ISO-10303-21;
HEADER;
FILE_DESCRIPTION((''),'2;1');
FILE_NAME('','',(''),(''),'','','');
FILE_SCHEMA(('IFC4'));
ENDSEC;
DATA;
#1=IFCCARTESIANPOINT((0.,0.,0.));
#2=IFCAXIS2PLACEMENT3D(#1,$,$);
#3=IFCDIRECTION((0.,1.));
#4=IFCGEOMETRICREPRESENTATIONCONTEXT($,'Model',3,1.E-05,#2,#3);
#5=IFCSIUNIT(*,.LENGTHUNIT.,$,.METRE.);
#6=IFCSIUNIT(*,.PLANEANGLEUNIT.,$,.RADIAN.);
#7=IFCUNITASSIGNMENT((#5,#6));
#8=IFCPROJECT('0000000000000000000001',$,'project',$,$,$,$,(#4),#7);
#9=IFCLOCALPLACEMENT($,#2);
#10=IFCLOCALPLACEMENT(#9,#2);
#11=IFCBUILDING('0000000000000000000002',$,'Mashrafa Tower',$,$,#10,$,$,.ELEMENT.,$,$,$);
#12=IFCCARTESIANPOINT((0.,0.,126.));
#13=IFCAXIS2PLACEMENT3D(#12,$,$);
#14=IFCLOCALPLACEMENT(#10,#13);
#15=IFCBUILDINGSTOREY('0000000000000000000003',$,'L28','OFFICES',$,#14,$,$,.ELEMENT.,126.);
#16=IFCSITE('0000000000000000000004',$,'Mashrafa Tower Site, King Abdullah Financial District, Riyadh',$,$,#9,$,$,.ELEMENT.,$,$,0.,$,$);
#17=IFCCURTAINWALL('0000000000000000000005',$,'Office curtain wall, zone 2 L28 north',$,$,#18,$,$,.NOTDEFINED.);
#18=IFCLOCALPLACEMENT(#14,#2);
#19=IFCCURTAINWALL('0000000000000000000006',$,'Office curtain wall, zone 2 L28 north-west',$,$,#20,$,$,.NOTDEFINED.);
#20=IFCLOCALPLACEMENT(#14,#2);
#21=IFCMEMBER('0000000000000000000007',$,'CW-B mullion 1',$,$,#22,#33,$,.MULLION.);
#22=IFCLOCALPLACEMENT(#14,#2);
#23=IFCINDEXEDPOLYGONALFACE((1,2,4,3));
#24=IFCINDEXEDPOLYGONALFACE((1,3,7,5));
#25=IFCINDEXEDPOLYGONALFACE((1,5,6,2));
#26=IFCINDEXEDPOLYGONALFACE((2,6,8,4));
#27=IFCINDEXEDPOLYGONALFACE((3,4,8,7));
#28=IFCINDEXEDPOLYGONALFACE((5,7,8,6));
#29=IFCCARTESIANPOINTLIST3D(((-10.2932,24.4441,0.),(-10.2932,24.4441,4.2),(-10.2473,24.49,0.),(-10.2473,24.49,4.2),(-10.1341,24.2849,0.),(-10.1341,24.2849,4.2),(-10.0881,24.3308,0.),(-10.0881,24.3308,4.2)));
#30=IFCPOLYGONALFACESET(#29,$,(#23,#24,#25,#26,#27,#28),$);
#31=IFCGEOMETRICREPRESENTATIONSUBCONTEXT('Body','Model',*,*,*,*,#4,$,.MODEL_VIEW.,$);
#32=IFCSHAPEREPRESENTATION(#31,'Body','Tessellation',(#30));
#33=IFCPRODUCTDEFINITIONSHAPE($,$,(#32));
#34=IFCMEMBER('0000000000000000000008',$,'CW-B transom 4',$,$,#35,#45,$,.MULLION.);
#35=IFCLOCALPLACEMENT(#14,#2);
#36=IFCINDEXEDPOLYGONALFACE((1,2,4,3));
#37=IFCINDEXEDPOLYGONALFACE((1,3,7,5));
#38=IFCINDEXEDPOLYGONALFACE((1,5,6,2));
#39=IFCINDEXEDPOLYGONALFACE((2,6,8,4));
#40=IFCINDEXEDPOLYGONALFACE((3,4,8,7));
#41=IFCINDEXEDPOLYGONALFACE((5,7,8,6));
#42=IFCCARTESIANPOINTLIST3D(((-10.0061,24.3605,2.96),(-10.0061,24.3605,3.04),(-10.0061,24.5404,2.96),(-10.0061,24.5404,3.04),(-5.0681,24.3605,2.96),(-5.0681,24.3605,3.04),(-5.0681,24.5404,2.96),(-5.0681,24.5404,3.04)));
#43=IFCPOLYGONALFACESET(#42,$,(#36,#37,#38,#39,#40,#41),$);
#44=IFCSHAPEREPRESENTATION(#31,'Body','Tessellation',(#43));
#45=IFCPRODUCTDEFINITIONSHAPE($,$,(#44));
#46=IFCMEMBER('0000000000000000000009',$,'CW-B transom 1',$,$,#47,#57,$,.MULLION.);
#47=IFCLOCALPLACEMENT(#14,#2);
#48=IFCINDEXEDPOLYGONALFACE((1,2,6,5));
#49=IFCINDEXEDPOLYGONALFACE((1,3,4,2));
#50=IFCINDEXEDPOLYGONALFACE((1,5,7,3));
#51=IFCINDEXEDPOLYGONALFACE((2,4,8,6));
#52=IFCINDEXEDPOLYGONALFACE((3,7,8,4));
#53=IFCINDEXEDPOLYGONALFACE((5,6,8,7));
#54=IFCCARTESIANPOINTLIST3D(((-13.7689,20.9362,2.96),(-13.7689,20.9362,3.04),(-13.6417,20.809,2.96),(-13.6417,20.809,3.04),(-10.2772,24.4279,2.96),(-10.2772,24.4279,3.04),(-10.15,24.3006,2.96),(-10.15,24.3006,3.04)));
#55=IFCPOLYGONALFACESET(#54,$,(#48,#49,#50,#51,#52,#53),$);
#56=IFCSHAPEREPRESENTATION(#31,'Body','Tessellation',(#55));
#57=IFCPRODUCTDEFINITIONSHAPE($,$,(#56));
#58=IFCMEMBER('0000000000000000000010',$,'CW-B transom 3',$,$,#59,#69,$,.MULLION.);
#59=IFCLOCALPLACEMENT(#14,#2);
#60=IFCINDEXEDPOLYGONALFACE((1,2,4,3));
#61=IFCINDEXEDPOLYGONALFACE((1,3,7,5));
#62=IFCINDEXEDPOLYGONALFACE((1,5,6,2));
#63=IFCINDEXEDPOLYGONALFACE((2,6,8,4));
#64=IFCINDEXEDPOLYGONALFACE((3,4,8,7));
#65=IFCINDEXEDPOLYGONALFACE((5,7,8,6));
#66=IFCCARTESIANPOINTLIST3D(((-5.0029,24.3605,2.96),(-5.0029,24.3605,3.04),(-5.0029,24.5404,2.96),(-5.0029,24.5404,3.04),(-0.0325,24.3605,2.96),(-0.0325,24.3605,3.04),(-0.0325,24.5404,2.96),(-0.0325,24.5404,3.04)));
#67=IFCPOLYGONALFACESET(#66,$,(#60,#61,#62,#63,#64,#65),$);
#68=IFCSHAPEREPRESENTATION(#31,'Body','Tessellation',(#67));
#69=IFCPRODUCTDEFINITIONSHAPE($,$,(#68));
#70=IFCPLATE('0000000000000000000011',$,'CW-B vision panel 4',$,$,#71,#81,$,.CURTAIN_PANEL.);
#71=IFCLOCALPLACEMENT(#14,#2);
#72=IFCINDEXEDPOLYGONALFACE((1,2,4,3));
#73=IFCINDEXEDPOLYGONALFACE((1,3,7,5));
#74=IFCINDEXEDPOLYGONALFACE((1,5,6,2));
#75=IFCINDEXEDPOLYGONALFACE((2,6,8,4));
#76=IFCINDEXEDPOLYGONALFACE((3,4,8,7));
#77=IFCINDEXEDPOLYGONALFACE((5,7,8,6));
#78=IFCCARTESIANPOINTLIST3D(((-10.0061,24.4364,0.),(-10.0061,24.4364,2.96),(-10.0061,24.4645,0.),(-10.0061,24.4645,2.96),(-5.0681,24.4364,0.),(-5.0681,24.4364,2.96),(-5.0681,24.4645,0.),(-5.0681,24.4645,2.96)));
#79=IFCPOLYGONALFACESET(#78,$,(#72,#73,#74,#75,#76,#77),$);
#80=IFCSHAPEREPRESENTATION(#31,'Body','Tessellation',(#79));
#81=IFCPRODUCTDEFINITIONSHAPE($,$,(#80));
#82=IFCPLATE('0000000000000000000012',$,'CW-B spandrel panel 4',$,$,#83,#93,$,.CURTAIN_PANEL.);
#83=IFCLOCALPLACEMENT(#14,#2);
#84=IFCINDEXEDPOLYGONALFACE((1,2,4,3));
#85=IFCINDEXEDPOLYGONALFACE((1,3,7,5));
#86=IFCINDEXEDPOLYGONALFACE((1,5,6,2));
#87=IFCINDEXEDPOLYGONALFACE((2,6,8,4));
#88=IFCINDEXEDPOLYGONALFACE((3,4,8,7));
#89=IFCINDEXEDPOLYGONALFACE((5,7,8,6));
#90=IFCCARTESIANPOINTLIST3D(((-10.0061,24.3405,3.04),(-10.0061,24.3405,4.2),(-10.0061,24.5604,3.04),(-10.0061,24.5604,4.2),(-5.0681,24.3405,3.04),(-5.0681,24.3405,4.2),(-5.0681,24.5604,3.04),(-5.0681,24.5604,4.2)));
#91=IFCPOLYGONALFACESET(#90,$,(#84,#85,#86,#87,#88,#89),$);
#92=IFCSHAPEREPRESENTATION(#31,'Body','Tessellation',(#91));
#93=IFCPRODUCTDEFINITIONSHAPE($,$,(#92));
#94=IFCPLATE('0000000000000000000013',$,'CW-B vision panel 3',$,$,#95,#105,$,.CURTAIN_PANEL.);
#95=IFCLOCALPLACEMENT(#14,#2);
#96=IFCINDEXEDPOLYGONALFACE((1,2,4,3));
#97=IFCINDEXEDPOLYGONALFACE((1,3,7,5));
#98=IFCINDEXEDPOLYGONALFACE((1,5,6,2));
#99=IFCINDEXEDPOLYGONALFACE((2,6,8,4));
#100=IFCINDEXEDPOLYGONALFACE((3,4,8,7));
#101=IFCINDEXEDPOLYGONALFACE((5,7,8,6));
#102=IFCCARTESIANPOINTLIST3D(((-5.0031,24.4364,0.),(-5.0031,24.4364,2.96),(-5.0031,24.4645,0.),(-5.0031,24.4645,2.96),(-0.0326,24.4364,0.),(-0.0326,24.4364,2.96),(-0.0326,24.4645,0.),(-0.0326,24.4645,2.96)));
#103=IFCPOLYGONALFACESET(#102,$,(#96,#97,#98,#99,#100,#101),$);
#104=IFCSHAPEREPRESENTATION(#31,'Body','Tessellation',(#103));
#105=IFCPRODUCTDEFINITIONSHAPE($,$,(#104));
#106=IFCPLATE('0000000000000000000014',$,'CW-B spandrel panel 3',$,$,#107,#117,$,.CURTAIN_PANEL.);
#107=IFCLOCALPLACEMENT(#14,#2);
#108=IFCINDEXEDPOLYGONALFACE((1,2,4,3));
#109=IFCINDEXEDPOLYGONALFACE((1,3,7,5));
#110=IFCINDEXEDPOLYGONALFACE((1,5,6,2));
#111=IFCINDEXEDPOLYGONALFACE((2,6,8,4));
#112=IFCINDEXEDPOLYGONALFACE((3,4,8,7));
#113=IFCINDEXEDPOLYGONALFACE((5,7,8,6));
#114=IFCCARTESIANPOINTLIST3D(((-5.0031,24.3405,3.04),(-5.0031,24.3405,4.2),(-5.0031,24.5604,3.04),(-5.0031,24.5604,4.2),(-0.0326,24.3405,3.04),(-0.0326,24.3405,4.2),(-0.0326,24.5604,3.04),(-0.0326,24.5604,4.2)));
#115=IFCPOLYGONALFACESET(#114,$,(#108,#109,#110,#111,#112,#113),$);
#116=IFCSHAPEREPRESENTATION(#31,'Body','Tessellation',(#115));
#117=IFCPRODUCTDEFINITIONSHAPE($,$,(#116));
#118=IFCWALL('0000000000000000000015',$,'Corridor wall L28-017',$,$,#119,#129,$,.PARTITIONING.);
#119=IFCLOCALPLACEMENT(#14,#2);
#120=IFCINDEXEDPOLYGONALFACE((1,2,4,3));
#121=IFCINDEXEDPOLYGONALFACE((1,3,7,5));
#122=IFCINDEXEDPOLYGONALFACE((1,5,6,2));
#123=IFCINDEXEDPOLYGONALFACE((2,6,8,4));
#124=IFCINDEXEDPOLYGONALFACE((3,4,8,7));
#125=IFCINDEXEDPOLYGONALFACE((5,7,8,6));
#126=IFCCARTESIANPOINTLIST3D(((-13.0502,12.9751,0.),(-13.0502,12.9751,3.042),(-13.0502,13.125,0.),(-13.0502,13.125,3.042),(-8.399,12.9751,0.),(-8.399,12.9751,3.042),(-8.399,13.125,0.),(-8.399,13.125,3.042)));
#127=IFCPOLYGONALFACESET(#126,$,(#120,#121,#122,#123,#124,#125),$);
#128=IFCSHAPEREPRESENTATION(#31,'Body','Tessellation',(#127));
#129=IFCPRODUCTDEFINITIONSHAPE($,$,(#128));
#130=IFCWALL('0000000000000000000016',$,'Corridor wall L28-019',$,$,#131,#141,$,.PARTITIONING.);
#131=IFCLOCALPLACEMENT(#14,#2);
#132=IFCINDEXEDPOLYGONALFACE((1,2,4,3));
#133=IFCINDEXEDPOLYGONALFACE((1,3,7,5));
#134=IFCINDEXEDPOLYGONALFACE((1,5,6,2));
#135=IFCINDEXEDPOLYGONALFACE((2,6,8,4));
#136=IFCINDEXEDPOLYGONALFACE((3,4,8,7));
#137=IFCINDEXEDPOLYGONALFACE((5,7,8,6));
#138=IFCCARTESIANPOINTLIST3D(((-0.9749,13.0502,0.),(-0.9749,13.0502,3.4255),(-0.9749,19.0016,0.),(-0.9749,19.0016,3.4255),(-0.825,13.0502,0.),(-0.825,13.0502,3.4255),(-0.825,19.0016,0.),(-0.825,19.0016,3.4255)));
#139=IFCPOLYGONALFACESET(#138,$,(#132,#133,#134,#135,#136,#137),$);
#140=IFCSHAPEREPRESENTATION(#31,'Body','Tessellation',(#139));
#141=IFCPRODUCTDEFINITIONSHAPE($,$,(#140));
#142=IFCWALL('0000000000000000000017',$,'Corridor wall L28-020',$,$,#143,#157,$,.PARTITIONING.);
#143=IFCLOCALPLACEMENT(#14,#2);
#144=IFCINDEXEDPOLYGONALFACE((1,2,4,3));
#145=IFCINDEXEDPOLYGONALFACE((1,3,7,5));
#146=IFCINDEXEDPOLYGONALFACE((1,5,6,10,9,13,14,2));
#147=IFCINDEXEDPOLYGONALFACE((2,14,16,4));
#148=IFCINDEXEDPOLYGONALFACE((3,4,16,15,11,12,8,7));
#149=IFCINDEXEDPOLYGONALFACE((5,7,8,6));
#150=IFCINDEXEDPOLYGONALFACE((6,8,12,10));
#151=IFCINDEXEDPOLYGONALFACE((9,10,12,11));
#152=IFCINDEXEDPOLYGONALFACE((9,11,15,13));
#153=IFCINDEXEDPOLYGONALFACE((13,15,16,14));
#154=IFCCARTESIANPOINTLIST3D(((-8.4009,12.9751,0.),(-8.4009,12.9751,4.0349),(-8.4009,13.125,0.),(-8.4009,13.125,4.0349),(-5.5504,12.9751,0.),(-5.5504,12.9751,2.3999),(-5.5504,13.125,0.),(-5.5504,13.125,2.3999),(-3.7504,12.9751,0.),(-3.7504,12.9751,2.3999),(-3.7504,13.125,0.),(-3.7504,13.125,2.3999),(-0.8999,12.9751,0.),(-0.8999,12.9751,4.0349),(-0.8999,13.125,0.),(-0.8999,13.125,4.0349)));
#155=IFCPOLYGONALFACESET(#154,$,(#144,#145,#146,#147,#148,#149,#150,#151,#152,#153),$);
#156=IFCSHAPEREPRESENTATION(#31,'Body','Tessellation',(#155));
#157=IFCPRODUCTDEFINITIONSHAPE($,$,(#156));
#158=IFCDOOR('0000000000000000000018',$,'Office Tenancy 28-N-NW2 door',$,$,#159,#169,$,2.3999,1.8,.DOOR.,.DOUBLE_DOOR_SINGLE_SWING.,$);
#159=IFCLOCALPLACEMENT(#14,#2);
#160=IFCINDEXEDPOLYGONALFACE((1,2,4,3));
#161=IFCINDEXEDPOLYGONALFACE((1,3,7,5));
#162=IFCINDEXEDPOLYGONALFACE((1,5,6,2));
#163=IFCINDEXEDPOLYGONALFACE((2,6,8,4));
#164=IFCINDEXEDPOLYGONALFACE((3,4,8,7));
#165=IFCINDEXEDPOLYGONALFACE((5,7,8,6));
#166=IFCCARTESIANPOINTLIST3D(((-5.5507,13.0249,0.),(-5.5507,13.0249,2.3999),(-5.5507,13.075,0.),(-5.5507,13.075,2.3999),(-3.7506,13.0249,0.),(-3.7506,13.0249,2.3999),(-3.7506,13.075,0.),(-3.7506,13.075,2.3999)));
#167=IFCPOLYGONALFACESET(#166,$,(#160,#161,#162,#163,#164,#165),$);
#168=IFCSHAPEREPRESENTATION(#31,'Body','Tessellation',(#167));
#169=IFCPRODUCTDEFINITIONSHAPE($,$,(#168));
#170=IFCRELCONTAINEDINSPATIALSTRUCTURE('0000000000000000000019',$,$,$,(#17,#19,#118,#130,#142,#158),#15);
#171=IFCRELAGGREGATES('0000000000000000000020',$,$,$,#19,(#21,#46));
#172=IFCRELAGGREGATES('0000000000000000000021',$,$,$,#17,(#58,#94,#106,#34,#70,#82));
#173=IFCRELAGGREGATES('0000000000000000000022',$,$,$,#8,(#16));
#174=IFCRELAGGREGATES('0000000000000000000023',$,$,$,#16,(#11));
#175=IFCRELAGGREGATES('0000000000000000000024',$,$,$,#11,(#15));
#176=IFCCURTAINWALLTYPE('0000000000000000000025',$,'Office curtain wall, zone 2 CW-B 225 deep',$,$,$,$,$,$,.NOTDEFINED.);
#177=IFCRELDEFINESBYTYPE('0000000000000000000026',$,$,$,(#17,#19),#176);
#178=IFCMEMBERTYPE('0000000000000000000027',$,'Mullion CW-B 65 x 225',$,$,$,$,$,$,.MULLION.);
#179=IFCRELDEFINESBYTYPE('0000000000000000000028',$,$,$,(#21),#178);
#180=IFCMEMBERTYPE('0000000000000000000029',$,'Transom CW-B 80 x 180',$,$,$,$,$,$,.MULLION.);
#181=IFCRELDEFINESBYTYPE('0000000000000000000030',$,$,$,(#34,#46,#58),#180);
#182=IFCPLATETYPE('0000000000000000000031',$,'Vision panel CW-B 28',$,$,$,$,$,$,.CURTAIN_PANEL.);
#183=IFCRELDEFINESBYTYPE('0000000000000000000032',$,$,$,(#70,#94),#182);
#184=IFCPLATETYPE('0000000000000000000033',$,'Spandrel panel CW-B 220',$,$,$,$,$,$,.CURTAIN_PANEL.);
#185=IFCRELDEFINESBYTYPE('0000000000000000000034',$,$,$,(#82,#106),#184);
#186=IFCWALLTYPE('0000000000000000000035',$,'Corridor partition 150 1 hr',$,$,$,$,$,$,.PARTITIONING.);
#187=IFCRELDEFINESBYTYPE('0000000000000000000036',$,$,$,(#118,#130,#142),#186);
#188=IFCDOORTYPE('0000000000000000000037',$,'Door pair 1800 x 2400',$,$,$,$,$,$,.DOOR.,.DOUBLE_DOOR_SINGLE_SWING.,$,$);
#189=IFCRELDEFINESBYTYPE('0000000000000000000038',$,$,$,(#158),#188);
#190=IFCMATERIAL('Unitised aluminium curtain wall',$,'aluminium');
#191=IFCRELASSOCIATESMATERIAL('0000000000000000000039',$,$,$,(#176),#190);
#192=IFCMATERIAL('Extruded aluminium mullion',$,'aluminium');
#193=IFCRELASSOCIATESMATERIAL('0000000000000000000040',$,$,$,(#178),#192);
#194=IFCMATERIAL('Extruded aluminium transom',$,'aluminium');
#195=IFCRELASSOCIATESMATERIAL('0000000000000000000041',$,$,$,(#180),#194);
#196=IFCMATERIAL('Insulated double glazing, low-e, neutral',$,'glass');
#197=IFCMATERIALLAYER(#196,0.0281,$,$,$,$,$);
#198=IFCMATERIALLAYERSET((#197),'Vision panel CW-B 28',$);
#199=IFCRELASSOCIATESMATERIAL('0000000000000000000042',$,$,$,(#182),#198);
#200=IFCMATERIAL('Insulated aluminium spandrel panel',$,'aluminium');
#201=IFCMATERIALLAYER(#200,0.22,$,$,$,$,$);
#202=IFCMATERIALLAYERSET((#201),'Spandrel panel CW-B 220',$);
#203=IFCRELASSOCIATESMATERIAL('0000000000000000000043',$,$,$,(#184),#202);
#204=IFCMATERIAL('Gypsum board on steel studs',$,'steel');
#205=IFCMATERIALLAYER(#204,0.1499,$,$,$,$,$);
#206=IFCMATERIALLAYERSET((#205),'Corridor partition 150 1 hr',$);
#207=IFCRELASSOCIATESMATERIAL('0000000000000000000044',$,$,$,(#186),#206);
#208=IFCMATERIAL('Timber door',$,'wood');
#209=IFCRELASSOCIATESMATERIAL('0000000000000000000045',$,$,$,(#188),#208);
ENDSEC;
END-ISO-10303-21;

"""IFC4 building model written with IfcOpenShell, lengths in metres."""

from ifc_helpers import new_model, si_unit, direction, frame, frame_2d, origin, origin_2d, place, context, subcontext, project, spatial, rectangle, extrude, source, transform, mapped, material, layer, layer_set, material_profile, profile_set, type_object, type_shapes, element, fill, aggregate, save


model = new_model("IFC4")

# Units and contexts
model_context = context("Model", 3, precision=1e-05, world=origin(), true_north=direction((0.0, 1.0)))
body_context = subcontext(model_context, "Body", "Model", "MODEL_VIEW")
ifc_project = project(units=[si_unit("LENGTHUNIT", "METRE"), si_unit("PLANEANGLEUNIT", "RADIAN")], contexts=[model_context])

# Site, building, storey
site_placement = place(None, origin())
site = spatial("IfcSite", under=ifc_project, at=site_placement, Name="Mashrafa Tower Site, King Abdullah Financial District, Riyadh", CompositionType="ELEMENT", RefElevation=0.0)
building_placement = place(site_placement, origin())
building = spatial("IfcBuilding", under=site, at=building_placement, Name="Mashrafa Tower", CompositionType="ELEMENT")
storey_placement = place(building_placement, frame((0.0, 0.0, 126.0)))
storey = spatial("IfcBuildingStorey", under=building, at=storey_placement, Name="L28", Description="OFFICES", CompositionType="ELEMENT", Elevation=126.0)

# Curtain wall
ifc_material_1 = material(Name="Unitised aluminium curtain wall", Category="aluminium")
curtain_wall_type = type_object("IfcCurtainWallType", Name="Office curtain wall, zone 2 CW-B 225 deep", PredefinedType="NOTDEFINED", material=ifc_material_1)
curtain_wall_1_placement = place(storey_placement, origin())
curtain_wall_1 = element("IfcCurtainWall", 1, at=curtain_wall_1_placement, inside=storey, type_object=curtain_wall_type, Name="Office curtain wall, zone 2 L28 north", PredefinedType="NOTDEFINED")
ifc_material_2 = material(Name="Extruded aluminium mullion", Category="aluminium")
ifc_material_profile_1 = material_profile(ifc_material_2, rectangle(XDim=0.2251, YDim=0.0649, at=origin_2d()), Name="Mullion 65x225")
ifc_profile_set_1 = profile_set([ifc_material_profile_1], Name="Extruded aluminium mullion")
member_type_1 = type_object("IfcMemberType", Name="Mullion CW-B 65 x 225", PredefinedType="MULLION", material=ifc_profile_set_1)
shared_shape_1 = source(origin(), body_context, "Body", "SweptSolid", [
    extrude(rectangle(XDim=0.2251, YDim=0.0649, at=origin_2d()), origin(), (0.0, 0.0, 1.0), 4.2),
])
type_shapes(member_type_1, [shared_shape_1])

# Curtain wall, member
curtain_wall_2_placement = place(storey_placement, origin())
curtain_wall_2 = element("IfcCurtainWall", 2, at=curtain_wall_2_placement, inside=storey, type_object=curtain_wall_type, Name="Office curtain wall, zone 2 L28 north-west", PredefinedType="NOTDEFINED")
member_1_placement = place(storey_placement, frame((-10.1907, 24.3875, 0.0), z_axis=(0.0, 0.0, 1.0), x_axis=(0.707107, -0.707107, 0.0)))
member_1 = element("IfcMember", 3, at=member_1_placement, type_object=member_type_1, Name="CW-B mullion 1", PredefinedType="MULLION", context=body_context, shape_type="MappedRepresentation", body=[
    mapped(shared_shape_1, transform((0.0, 0.0, 0.0))),
])

# Members
ifc_material_3 = material(Name="Extruded aluminium transom", Category="aluminium")
ifc_material_profile_2 = material_profile(ifc_material_3, rectangle(XDim=0.1799, YDim=0.0801, at=origin_2d()), Name="Transom 80x180")
ifc_profile_set_2 = profile_set([ifc_material_profile_2], Name="Extruded aluminium transom")
member_type_2 = type_object("IfcMemberType", Name="Transom CW-B 80 x 180", PredefinedType="MULLION", material=ifc_profile_set_2)
shared_shape_2 = source(origin(), body_context, "Body", "SweptSolid", [
    extrude(rectangle(XDim=0.1799, YDim=0.0801, at=origin_2d()), origin(), (0.0, 0.0, 1.0), 4.938),
])
member_2_placement = place(storey_placement, frame((-5.0681, 24.4504, 3.0), z_axis=(-1.0, 0.0, 0.0), x_axis=(0.0, -1.0, 0.0)))
member_2 = element("IfcMember", 4, at=member_2_placement, type_object=member_type_2, Name="CW-B transom 4", PredefinedType="MULLION", context=body_context, shape_type="MappedRepresentation", body=[
    mapped(shared_shape_2, transform((0.0, 0.0, 0.0))),
])
member_3_placement = place(storey_placement, frame((-10.2136, 24.3643, 3.0), z_axis=(-0.707107, -0.707107, 0.0), x_axis=(0.707107, -0.707107, 0.0)))
member_3 = element("IfcMember", 5, at=member_3_placement, type_object=member_type_2, Name="CW-B transom 1", PredefinedType="MULLION", context=body_context, shape_type="MappedRepresentation", body=[
    mapped(shared_shape_2, transform((0.0, 0.0, 0.0))),
])
aggregate(curtain_wall_2, [member_1, member_3])
shared_shape_3 = source(origin(), body_context, "Body", "SweptSolid", [
    extrude(rectangle(XDim=0.1799, YDim=0.0801, at=origin_2d()), origin(), (0.0, 0.0, 1.0), 4.9705),
])
type_shapes(member_type_2, [shared_shape_2, shared_shape_3])
member_4_placement = place(storey_placement, frame((-0.0325, 24.4504, 3.0), z_axis=(-1.0, 0.0, 0.0), x_axis=(0.0, -1.0, 0.0)))
member_4 = element("IfcMember", 6, at=member_4_placement, type_object=member_type_2, Name="CW-B transom 3", PredefinedType="MULLION", context=body_context, shape_type="MappedRepresentation", body=[
    mapped(shared_shape_3, transform((0.0, 0.0, 0.0))),
])

# Plates
ifc_material_4 = material(Name="Insulated double glazing, low-e, neutral", Category="glass")
ifc_layer_1 = layer(ifc_material_4, 0.0281)
ifc_layer_set_1 = layer_set([ifc_layer_1], Name="Vision panel CW-B 28")
plate_type_1 = type_object("IfcPlateType", Name="Vision panel CW-B 28", PredefinedType="CURTAIN_PANEL", material=ifc_layer_set_1)
shared_shape_4 = source(origin(), body_context, "Body", "SweptSolid", [
    extrude(rectangle(XDim=4.938, YDim=0.0281, at=origin_2d()), origin(), (0.0, 0.0, 1.0), 2.96),
])
plate_1_placement = place(storey_placement, frame((-7.5371, 24.4504, 0.0), z_axis=(0.0, 0.0, 1.0), x_axis=(-1.0, 0.0, 0.0)))
plate_1 = element("IfcPlate", 7, at=plate_1_placement, type_object=plate_type_1, Name="CW-B vision panel 4", PredefinedType="CURTAIN_PANEL", context=body_context, shape_type="MappedRepresentation", body=[
    mapped(shared_shape_4, transform((0.0, 0.0, 0.0))),
])
ifc_material_5 = material(Name="Insulated aluminium spandrel panel", Category="aluminium")
ifc_layer_2 = layer(ifc_material_5, 0.22)
ifc_layer_set_2 = layer_set([ifc_layer_2], Name="Spandrel panel CW-B 220")
plate_type_2 = type_object("IfcPlateType", Name="Spandrel panel CW-B 220", PredefinedType="CURTAIN_PANEL", material=ifc_layer_set_2)
shared_shape_5 = source(origin(), body_context, "Body", "SweptSolid", [
    extrude(rectangle(XDim=4.938, YDim=0.22, at=origin_2d()), origin(), (0.0, 0.0, 1.0), 1.1599),
])
plate_2_placement = place(storey_placement, frame((-7.5371, 24.4504, 3.04), z_axis=(0.0, 0.0, 1.0), x_axis=(-1.0, 0.0, 0.0)))
plate_2 = element("IfcPlate", 8, at=plate_2_placement, type_object=plate_type_2, Name="CW-B spandrel panel 4", PredefinedType="CURTAIN_PANEL", context=body_context, shape_type="MappedRepresentation", body=[
    mapped(shared_shape_5, transform((0.0, 0.0, 0.0))),
])
shared_shape_6 = source(origin(), body_context, "Body", "SweptSolid", [
    extrude(rectangle(XDim=4.9705, YDim=0.0281, at=origin_2d()), origin(), (0.0, 0.0, 1.0), 2.96),
])
type_shapes(plate_type_1, [shared_shape_4, shared_shape_6])
plate_3_placement = place(storey_placement, frame((-2.5178, 24.4504, 0.0), z_axis=(0.0, 0.0, 1.0), x_axis=(-1.0, 0.0, 0.0)))
plate_3 = element("IfcPlate", 9, at=plate_3_placement, type_object=plate_type_1, Name="CW-B vision panel 3", PredefinedType="CURTAIN_PANEL", context=body_context, shape_type="MappedRepresentation", body=[
    mapped(shared_shape_6, transform((0.0, 0.0, 0.0))),
])
shared_shape_7 = source(origin(), body_context, "Body", "SweptSolid", [
    extrude(rectangle(XDim=4.9705, YDim=0.22, at=origin_2d()), origin(), (0.0, 0.0, 1.0), 1.1599),
])
type_shapes(plate_type_2, [shared_shape_5, shared_shape_7])
plate_4_placement = place(storey_placement, frame((-2.5178, 24.4504, 3.04), z_axis=(0.0, 0.0, 1.0), x_axis=(-1.0, 0.0, 0.0)))
plate_4 = element("IfcPlate", 10, at=plate_4_placement, type_object=plate_type_2, Name="CW-B spandrel panel 3", PredefinedType="CURTAIN_PANEL", context=body_context, shape_type="MappedRepresentation", body=[
    mapped(shared_shape_7, transform((0.0, 0.0, 0.0))),
])
aggregate(curtain_wall_1, [member_4, plate_3, plate_4, member_2, plate_1, plate_2])

# Shared definitions
ifc_material_6 = material(Name="Gypsum board on steel studs", Category="steel")
ifc_layer_3 = layer(ifc_material_6, 0.1499)
ifc_layer_set_3 = layer_set([ifc_layer_3], Name="Corridor partition 150 1 hr")
wall_type_1 = type_object("IfcWallType", Name="Corridor partition 150 1 hr", PredefinedType="PARTITIONING", material=ifc_layer_set_3)
ifc_material_7 = material(Name="Timber door", Category="wood")
door_type = type_object("IfcDoorType", Name="Door pair 1800 x 2400", OperationType="DOUBLE_DOOR_SINGLE_SWING", PredefinedType="DOOR", material=ifc_material_7)

# Walls
wall_1_placement = place(storey_placement, frame((-8.3989, 13.05, 0.0), z_axis=(0.0, 0.0, 1.0), x_axis=(-1.0, 0.0, 0.0)))
element("IfcWall", 11, at=wall_1_placement, inside=storey, type_object=wall_type_1, Name="Corridor wall L28-017", PredefinedType="PARTITIONING", context=body_context, shape_type="SweptSolid", body=[
    extrude(rectangle(XDim=4.6511, YDim=0.1499, at=frame_2d((2.3257, 0.0))), origin(), (0.0, 0.0, 1.0), 3.042),
])
wall_2_placement = place(storey_placement, frame((-0.8999, 19.0015, 0.0), z_axis=(0.0, 0.0, 1.0), x_axis=(0.0, -1.0, 0.0)))
element("IfcWall", 12, at=wall_2_placement, inside=storey, type_object=wall_type_1, Name="Corridor wall L28-019", PredefinedType="PARTITIONING", context=body_context, shape_type="SweptSolid", body=[
    extrude(rectangle(XDim=5.9514, YDim=0.1499, at=frame_2d((2.9756, 0.0))), origin(), (0.0, 0.0, 1.0), 3.4255),
])

# Wall, opening, door
wall_3_placement = place(storey_placement, frame((-0.8999, 13.05, 0.0), z_axis=(0.0, 0.0, 1.0), x_axis=(-1.0, 0.0, 0.0)))
wall_3 = element("IfcWall", 13, at=wall_3_placement, inside=storey, type_object=wall_type_1, Name="Corridor wall L28-020", PredefinedType="PARTITIONING", context=body_context, shape_type="SweptSolid", body=[
    extrude(rectangle(XDim=7.501, YDim=0.1499, at=frame_2d((3.7505, 0.0))), origin(), (0.0, 0.0, 1.0), 4.0349),
])
opening_1_placement = place(wall_3_placement, frame((2.8506, 0.0, 0.0)))
opening_1 = element("IfcOpeningElement", 14, at=opening_1_placement, cuts=wall_3, PredefinedType="OPENING", context=body_context, shape_type="SweptSolid", body=[
    extrude(rectangle(XDim=1.8, YDim=2.3999, at=frame_2d((0.8999, 1.2))), frame((0.0, 0.085, 0.0), z_axis=(0.0, -1.0, 0.0), x_axis=(1.0, 0.0, 0.0)), (0.0, 0.0, 1.0), 0.1699),
])
door_1_placement = place(opening_1_placement, frame((1.8, 0.0, 0.0), z_axis=(0.0, 0.0, 1.0), x_axis=(-1.0, 0.0, 0.0)))
door_1 = element("IfcDoor", 15, at=door_1_placement, inside=storey, type_object=door_type, Name="Office Tenancy 28-N-NW2 door", OperationType="DOUBLE_DOOR_SINGLE_SWING", OverallHeight=2.3999, OverallWidth=1.8, PredefinedType="DOOR", context=body_context, shape_type="SweptSolid", body=[
    extrude(rectangle(XDim=1.8, YDim=2.3999, at=frame_2d((0.8999, 1.2))), frame((0.0, 0.0249, 0.0), z_axis=(0.0, -1.0, 0.0), x_axis=(1.0, 0.0, 0.0)), (0.0, 0.0, 1.0), 0.05),
])
fill(opening_1, door_1)

save(model, "model.ifc")
